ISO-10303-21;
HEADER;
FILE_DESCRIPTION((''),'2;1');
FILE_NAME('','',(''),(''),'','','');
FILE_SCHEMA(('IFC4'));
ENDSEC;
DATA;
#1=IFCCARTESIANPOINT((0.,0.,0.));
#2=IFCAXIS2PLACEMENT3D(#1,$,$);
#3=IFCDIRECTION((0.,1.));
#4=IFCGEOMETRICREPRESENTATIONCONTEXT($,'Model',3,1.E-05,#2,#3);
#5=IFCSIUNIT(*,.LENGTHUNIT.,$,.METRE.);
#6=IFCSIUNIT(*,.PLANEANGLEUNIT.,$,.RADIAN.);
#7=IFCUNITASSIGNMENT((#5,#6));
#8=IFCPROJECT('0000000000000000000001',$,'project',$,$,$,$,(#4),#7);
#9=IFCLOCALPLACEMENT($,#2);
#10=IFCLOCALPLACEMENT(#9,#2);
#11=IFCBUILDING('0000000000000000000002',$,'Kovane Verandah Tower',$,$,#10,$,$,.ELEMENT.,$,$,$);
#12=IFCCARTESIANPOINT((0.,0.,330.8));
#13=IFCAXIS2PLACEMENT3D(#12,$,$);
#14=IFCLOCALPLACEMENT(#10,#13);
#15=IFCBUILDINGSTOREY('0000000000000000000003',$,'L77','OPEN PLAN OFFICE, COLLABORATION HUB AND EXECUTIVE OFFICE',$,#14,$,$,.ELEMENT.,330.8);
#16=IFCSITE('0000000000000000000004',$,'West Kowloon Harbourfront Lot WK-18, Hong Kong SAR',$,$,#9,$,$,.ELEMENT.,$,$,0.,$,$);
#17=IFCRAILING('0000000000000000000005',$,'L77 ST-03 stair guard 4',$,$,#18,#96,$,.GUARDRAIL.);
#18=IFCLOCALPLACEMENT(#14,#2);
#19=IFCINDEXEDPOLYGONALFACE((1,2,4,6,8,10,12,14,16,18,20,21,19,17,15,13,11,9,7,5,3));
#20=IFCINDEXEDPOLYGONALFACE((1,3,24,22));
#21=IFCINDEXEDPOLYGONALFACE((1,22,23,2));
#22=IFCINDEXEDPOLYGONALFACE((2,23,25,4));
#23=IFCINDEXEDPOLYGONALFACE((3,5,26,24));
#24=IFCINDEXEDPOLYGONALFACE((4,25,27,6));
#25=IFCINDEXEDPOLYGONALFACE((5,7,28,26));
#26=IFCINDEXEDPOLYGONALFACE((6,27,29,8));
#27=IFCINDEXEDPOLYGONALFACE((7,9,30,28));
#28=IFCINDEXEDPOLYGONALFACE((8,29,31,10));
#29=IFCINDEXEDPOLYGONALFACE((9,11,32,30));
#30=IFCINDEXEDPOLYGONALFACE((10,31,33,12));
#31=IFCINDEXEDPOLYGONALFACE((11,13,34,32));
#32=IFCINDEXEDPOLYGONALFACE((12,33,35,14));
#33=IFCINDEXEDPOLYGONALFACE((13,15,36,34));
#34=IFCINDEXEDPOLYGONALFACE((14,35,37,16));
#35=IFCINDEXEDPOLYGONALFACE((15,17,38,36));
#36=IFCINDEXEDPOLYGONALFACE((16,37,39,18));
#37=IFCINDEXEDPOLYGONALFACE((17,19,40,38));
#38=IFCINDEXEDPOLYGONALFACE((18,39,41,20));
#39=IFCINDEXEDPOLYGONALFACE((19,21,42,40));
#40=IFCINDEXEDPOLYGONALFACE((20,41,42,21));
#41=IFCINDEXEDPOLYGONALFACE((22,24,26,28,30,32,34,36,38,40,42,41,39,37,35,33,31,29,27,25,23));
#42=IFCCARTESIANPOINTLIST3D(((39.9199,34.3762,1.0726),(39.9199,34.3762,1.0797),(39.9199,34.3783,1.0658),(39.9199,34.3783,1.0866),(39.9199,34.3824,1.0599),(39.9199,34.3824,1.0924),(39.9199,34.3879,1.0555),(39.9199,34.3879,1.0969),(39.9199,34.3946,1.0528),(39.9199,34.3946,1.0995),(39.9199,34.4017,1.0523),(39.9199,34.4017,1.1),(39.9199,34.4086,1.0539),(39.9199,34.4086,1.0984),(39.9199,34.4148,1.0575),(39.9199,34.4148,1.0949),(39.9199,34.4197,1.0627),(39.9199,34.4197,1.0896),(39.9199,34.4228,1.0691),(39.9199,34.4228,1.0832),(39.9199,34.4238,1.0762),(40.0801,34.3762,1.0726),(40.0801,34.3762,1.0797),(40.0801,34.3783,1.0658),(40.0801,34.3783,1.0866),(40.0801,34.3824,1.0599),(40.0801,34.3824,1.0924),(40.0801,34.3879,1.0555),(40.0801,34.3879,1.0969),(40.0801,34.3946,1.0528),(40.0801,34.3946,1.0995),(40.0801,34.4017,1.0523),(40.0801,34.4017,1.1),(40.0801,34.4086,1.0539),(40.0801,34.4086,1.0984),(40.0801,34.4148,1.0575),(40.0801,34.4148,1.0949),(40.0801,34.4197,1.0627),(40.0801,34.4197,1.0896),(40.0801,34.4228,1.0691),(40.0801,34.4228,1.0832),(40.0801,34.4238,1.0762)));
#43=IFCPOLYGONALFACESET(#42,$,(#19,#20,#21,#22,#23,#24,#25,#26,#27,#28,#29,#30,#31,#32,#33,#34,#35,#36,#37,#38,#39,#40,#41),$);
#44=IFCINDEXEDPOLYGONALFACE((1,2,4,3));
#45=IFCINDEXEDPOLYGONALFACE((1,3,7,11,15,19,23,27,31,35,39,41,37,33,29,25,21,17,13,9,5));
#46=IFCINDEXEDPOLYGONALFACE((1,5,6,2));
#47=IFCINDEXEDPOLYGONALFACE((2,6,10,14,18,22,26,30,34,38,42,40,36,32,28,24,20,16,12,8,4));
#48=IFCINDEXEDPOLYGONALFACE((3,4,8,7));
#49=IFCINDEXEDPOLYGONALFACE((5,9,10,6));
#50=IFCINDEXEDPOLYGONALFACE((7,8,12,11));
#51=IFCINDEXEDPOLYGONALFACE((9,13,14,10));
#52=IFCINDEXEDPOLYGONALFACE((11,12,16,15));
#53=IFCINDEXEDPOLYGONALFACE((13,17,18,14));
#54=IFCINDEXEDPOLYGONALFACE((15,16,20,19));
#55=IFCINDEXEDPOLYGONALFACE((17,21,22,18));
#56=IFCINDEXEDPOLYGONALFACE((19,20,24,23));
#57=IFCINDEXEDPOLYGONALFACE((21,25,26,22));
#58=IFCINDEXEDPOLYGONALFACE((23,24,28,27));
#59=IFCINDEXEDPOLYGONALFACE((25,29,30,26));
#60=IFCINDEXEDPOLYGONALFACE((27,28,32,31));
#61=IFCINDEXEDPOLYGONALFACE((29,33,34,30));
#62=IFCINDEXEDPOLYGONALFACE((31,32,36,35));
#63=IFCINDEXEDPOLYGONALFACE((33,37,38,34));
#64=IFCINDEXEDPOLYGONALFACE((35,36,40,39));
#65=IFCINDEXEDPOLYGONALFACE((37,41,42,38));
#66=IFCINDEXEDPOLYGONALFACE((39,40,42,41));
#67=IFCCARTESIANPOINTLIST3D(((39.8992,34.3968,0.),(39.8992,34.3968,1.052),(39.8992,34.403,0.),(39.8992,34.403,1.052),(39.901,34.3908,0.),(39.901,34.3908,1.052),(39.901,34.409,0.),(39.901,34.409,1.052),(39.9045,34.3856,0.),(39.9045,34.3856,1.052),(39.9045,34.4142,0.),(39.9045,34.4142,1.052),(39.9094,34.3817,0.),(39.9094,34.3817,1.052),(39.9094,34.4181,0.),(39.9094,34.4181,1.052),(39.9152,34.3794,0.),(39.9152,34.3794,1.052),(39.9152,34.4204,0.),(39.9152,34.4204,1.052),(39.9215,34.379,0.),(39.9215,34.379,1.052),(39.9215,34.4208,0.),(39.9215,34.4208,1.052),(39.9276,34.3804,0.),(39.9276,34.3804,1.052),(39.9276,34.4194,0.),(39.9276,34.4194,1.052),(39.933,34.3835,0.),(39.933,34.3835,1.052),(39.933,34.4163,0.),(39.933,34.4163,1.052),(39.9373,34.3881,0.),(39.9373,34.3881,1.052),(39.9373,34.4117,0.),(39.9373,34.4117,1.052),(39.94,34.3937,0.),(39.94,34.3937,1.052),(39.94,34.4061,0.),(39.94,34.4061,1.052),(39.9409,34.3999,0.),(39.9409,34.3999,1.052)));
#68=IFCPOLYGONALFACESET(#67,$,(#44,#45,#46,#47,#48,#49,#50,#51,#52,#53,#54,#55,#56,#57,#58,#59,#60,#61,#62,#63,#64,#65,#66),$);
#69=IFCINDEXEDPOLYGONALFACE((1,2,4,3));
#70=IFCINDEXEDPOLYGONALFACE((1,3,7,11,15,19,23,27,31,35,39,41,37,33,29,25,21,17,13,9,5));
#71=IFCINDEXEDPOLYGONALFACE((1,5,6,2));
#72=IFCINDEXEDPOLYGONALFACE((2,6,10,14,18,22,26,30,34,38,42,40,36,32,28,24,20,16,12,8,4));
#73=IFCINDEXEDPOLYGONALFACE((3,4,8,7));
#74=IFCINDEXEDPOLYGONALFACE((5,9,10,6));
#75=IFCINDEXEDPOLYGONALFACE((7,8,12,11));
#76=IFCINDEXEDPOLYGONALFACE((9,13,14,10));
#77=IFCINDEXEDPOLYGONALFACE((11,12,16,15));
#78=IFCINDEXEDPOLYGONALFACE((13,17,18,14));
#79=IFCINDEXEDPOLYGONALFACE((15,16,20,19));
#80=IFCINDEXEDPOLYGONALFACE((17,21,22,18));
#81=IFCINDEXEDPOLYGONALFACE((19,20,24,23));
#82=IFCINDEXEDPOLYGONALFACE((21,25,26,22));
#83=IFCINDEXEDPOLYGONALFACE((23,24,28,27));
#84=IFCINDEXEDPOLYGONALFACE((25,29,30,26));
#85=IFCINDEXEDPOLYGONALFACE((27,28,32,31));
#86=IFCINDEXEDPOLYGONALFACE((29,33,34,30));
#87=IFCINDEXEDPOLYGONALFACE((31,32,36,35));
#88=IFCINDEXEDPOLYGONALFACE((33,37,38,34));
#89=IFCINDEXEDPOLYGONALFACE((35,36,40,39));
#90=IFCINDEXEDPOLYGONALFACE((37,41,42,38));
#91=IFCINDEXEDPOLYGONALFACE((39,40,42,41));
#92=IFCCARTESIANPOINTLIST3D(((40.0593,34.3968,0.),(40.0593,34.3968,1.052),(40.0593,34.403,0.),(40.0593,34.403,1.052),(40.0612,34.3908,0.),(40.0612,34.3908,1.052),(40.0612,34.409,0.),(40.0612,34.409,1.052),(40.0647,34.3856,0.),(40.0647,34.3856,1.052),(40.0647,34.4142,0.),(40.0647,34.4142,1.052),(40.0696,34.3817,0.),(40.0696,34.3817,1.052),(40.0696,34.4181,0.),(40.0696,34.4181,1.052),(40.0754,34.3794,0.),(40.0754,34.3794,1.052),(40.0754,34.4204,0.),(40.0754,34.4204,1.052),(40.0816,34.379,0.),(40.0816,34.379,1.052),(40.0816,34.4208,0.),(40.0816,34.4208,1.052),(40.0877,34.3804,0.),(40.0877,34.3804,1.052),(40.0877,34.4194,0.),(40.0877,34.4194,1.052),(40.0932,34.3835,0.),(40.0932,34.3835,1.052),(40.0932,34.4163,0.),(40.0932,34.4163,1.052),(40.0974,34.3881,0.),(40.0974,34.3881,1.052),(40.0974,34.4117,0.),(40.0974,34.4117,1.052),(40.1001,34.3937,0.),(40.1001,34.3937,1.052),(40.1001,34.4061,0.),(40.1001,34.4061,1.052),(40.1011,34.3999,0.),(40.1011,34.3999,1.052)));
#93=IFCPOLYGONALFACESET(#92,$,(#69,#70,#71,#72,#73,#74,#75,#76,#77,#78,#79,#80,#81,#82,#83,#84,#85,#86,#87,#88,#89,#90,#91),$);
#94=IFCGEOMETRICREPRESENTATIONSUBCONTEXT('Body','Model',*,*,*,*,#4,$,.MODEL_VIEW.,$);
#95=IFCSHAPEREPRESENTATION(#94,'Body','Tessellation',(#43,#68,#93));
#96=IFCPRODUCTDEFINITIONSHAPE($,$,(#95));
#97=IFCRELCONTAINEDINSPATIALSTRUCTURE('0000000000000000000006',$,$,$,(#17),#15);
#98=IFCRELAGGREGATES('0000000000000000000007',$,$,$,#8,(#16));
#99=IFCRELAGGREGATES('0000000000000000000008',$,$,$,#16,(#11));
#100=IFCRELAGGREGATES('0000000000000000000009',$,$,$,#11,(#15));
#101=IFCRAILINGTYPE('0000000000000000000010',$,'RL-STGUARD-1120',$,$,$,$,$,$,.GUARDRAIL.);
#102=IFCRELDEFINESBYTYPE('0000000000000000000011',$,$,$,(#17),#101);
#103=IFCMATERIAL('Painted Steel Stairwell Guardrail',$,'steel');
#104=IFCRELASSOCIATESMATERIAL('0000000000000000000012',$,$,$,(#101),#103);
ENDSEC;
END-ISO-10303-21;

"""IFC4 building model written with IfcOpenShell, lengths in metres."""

from ifc_helpers import new_model, si_unit, direction, frame, origin, origin_2d, place, context, subcontext, project, spatial, circle, extrude, material, type_object, element, save


model = new_model("IFC4")

# Units and contexts
model_context = context("Model", 3, precision=1e-05, world=origin(), true_north=direction((0.0, 1.0)))
body_context = subcontext(model_context, "Body", "Model", "MODEL_VIEW")
ifc_project = project(units=[si_unit("LENGTHUNIT", "METRE"), si_unit("PLANEANGLEUNIT", "RADIAN")], contexts=[model_context])

# Site, building, storey
site_placement = place(None, origin())
site = spatial("IfcSite", under=ifc_project, at=site_placement, Name="West Kowloon Harbourfront Lot WK-18, Hong Kong SAR", CompositionType="ELEMENT", RefElevation=0.0)
building_placement = place(site_placement, origin())
building = spatial("IfcBuilding", under=site, at=building_placement, Name="Kovane Verandah Tower", CompositionType="ELEMENT")
storey_placement = place(building_placement, frame((0.0, 0.0, 330.8)))
storey = spatial("IfcBuildingStorey", under=building, at=storey_placement, Name="L77", Description="OPEN PLAN OFFICE, COLLABORATION HUB AND EXECUTIVE OFFICE", CompositionType="ELEMENT", Elevation=330.8)

# Railing
ifc_material_1 = material(Name="Painted Steel Stairwell Guardrail", Category="steel")
railing_type_1 = type_object("IfcRailingType", Name="RL-STGUARD-1120", PredefinedType="GUARDRAIL", material=ifc_material_1)
railing_1_placement = place(storey_placement, frame((39.9199, 34.3999, 0.0)))
element("IfcRailing", 1, at=railing_1_placement, inside=storey, type_object=railing_type_1, Name="L77 ST-03 stair guard 4", PredefinedType="GUARDRAIL", context=body_context, shape_type="SweptSolid", body=[
    extrude(circle(Radius=0.0239, at=origin_2d()), frame((0.0, 0.0, 1.0762), z_axis=(1.0, 0.0, 0.0), x_axis=(0.0, 1.0, 0.0)), (0.0, 0.0, 1.0), 0.1602),
    extrude(circle(Radius=0.021, at=origin_2d()), origin(), (0.0, 0.0, 1.0), 1.052),
    extrude(circle(Radius=0.021, at=origin_2d()), frame((0.1602, 0.0, 0.0)), (0.0, 0.0, 1.0), 1.052),
])

save(model, "model.ifc")
